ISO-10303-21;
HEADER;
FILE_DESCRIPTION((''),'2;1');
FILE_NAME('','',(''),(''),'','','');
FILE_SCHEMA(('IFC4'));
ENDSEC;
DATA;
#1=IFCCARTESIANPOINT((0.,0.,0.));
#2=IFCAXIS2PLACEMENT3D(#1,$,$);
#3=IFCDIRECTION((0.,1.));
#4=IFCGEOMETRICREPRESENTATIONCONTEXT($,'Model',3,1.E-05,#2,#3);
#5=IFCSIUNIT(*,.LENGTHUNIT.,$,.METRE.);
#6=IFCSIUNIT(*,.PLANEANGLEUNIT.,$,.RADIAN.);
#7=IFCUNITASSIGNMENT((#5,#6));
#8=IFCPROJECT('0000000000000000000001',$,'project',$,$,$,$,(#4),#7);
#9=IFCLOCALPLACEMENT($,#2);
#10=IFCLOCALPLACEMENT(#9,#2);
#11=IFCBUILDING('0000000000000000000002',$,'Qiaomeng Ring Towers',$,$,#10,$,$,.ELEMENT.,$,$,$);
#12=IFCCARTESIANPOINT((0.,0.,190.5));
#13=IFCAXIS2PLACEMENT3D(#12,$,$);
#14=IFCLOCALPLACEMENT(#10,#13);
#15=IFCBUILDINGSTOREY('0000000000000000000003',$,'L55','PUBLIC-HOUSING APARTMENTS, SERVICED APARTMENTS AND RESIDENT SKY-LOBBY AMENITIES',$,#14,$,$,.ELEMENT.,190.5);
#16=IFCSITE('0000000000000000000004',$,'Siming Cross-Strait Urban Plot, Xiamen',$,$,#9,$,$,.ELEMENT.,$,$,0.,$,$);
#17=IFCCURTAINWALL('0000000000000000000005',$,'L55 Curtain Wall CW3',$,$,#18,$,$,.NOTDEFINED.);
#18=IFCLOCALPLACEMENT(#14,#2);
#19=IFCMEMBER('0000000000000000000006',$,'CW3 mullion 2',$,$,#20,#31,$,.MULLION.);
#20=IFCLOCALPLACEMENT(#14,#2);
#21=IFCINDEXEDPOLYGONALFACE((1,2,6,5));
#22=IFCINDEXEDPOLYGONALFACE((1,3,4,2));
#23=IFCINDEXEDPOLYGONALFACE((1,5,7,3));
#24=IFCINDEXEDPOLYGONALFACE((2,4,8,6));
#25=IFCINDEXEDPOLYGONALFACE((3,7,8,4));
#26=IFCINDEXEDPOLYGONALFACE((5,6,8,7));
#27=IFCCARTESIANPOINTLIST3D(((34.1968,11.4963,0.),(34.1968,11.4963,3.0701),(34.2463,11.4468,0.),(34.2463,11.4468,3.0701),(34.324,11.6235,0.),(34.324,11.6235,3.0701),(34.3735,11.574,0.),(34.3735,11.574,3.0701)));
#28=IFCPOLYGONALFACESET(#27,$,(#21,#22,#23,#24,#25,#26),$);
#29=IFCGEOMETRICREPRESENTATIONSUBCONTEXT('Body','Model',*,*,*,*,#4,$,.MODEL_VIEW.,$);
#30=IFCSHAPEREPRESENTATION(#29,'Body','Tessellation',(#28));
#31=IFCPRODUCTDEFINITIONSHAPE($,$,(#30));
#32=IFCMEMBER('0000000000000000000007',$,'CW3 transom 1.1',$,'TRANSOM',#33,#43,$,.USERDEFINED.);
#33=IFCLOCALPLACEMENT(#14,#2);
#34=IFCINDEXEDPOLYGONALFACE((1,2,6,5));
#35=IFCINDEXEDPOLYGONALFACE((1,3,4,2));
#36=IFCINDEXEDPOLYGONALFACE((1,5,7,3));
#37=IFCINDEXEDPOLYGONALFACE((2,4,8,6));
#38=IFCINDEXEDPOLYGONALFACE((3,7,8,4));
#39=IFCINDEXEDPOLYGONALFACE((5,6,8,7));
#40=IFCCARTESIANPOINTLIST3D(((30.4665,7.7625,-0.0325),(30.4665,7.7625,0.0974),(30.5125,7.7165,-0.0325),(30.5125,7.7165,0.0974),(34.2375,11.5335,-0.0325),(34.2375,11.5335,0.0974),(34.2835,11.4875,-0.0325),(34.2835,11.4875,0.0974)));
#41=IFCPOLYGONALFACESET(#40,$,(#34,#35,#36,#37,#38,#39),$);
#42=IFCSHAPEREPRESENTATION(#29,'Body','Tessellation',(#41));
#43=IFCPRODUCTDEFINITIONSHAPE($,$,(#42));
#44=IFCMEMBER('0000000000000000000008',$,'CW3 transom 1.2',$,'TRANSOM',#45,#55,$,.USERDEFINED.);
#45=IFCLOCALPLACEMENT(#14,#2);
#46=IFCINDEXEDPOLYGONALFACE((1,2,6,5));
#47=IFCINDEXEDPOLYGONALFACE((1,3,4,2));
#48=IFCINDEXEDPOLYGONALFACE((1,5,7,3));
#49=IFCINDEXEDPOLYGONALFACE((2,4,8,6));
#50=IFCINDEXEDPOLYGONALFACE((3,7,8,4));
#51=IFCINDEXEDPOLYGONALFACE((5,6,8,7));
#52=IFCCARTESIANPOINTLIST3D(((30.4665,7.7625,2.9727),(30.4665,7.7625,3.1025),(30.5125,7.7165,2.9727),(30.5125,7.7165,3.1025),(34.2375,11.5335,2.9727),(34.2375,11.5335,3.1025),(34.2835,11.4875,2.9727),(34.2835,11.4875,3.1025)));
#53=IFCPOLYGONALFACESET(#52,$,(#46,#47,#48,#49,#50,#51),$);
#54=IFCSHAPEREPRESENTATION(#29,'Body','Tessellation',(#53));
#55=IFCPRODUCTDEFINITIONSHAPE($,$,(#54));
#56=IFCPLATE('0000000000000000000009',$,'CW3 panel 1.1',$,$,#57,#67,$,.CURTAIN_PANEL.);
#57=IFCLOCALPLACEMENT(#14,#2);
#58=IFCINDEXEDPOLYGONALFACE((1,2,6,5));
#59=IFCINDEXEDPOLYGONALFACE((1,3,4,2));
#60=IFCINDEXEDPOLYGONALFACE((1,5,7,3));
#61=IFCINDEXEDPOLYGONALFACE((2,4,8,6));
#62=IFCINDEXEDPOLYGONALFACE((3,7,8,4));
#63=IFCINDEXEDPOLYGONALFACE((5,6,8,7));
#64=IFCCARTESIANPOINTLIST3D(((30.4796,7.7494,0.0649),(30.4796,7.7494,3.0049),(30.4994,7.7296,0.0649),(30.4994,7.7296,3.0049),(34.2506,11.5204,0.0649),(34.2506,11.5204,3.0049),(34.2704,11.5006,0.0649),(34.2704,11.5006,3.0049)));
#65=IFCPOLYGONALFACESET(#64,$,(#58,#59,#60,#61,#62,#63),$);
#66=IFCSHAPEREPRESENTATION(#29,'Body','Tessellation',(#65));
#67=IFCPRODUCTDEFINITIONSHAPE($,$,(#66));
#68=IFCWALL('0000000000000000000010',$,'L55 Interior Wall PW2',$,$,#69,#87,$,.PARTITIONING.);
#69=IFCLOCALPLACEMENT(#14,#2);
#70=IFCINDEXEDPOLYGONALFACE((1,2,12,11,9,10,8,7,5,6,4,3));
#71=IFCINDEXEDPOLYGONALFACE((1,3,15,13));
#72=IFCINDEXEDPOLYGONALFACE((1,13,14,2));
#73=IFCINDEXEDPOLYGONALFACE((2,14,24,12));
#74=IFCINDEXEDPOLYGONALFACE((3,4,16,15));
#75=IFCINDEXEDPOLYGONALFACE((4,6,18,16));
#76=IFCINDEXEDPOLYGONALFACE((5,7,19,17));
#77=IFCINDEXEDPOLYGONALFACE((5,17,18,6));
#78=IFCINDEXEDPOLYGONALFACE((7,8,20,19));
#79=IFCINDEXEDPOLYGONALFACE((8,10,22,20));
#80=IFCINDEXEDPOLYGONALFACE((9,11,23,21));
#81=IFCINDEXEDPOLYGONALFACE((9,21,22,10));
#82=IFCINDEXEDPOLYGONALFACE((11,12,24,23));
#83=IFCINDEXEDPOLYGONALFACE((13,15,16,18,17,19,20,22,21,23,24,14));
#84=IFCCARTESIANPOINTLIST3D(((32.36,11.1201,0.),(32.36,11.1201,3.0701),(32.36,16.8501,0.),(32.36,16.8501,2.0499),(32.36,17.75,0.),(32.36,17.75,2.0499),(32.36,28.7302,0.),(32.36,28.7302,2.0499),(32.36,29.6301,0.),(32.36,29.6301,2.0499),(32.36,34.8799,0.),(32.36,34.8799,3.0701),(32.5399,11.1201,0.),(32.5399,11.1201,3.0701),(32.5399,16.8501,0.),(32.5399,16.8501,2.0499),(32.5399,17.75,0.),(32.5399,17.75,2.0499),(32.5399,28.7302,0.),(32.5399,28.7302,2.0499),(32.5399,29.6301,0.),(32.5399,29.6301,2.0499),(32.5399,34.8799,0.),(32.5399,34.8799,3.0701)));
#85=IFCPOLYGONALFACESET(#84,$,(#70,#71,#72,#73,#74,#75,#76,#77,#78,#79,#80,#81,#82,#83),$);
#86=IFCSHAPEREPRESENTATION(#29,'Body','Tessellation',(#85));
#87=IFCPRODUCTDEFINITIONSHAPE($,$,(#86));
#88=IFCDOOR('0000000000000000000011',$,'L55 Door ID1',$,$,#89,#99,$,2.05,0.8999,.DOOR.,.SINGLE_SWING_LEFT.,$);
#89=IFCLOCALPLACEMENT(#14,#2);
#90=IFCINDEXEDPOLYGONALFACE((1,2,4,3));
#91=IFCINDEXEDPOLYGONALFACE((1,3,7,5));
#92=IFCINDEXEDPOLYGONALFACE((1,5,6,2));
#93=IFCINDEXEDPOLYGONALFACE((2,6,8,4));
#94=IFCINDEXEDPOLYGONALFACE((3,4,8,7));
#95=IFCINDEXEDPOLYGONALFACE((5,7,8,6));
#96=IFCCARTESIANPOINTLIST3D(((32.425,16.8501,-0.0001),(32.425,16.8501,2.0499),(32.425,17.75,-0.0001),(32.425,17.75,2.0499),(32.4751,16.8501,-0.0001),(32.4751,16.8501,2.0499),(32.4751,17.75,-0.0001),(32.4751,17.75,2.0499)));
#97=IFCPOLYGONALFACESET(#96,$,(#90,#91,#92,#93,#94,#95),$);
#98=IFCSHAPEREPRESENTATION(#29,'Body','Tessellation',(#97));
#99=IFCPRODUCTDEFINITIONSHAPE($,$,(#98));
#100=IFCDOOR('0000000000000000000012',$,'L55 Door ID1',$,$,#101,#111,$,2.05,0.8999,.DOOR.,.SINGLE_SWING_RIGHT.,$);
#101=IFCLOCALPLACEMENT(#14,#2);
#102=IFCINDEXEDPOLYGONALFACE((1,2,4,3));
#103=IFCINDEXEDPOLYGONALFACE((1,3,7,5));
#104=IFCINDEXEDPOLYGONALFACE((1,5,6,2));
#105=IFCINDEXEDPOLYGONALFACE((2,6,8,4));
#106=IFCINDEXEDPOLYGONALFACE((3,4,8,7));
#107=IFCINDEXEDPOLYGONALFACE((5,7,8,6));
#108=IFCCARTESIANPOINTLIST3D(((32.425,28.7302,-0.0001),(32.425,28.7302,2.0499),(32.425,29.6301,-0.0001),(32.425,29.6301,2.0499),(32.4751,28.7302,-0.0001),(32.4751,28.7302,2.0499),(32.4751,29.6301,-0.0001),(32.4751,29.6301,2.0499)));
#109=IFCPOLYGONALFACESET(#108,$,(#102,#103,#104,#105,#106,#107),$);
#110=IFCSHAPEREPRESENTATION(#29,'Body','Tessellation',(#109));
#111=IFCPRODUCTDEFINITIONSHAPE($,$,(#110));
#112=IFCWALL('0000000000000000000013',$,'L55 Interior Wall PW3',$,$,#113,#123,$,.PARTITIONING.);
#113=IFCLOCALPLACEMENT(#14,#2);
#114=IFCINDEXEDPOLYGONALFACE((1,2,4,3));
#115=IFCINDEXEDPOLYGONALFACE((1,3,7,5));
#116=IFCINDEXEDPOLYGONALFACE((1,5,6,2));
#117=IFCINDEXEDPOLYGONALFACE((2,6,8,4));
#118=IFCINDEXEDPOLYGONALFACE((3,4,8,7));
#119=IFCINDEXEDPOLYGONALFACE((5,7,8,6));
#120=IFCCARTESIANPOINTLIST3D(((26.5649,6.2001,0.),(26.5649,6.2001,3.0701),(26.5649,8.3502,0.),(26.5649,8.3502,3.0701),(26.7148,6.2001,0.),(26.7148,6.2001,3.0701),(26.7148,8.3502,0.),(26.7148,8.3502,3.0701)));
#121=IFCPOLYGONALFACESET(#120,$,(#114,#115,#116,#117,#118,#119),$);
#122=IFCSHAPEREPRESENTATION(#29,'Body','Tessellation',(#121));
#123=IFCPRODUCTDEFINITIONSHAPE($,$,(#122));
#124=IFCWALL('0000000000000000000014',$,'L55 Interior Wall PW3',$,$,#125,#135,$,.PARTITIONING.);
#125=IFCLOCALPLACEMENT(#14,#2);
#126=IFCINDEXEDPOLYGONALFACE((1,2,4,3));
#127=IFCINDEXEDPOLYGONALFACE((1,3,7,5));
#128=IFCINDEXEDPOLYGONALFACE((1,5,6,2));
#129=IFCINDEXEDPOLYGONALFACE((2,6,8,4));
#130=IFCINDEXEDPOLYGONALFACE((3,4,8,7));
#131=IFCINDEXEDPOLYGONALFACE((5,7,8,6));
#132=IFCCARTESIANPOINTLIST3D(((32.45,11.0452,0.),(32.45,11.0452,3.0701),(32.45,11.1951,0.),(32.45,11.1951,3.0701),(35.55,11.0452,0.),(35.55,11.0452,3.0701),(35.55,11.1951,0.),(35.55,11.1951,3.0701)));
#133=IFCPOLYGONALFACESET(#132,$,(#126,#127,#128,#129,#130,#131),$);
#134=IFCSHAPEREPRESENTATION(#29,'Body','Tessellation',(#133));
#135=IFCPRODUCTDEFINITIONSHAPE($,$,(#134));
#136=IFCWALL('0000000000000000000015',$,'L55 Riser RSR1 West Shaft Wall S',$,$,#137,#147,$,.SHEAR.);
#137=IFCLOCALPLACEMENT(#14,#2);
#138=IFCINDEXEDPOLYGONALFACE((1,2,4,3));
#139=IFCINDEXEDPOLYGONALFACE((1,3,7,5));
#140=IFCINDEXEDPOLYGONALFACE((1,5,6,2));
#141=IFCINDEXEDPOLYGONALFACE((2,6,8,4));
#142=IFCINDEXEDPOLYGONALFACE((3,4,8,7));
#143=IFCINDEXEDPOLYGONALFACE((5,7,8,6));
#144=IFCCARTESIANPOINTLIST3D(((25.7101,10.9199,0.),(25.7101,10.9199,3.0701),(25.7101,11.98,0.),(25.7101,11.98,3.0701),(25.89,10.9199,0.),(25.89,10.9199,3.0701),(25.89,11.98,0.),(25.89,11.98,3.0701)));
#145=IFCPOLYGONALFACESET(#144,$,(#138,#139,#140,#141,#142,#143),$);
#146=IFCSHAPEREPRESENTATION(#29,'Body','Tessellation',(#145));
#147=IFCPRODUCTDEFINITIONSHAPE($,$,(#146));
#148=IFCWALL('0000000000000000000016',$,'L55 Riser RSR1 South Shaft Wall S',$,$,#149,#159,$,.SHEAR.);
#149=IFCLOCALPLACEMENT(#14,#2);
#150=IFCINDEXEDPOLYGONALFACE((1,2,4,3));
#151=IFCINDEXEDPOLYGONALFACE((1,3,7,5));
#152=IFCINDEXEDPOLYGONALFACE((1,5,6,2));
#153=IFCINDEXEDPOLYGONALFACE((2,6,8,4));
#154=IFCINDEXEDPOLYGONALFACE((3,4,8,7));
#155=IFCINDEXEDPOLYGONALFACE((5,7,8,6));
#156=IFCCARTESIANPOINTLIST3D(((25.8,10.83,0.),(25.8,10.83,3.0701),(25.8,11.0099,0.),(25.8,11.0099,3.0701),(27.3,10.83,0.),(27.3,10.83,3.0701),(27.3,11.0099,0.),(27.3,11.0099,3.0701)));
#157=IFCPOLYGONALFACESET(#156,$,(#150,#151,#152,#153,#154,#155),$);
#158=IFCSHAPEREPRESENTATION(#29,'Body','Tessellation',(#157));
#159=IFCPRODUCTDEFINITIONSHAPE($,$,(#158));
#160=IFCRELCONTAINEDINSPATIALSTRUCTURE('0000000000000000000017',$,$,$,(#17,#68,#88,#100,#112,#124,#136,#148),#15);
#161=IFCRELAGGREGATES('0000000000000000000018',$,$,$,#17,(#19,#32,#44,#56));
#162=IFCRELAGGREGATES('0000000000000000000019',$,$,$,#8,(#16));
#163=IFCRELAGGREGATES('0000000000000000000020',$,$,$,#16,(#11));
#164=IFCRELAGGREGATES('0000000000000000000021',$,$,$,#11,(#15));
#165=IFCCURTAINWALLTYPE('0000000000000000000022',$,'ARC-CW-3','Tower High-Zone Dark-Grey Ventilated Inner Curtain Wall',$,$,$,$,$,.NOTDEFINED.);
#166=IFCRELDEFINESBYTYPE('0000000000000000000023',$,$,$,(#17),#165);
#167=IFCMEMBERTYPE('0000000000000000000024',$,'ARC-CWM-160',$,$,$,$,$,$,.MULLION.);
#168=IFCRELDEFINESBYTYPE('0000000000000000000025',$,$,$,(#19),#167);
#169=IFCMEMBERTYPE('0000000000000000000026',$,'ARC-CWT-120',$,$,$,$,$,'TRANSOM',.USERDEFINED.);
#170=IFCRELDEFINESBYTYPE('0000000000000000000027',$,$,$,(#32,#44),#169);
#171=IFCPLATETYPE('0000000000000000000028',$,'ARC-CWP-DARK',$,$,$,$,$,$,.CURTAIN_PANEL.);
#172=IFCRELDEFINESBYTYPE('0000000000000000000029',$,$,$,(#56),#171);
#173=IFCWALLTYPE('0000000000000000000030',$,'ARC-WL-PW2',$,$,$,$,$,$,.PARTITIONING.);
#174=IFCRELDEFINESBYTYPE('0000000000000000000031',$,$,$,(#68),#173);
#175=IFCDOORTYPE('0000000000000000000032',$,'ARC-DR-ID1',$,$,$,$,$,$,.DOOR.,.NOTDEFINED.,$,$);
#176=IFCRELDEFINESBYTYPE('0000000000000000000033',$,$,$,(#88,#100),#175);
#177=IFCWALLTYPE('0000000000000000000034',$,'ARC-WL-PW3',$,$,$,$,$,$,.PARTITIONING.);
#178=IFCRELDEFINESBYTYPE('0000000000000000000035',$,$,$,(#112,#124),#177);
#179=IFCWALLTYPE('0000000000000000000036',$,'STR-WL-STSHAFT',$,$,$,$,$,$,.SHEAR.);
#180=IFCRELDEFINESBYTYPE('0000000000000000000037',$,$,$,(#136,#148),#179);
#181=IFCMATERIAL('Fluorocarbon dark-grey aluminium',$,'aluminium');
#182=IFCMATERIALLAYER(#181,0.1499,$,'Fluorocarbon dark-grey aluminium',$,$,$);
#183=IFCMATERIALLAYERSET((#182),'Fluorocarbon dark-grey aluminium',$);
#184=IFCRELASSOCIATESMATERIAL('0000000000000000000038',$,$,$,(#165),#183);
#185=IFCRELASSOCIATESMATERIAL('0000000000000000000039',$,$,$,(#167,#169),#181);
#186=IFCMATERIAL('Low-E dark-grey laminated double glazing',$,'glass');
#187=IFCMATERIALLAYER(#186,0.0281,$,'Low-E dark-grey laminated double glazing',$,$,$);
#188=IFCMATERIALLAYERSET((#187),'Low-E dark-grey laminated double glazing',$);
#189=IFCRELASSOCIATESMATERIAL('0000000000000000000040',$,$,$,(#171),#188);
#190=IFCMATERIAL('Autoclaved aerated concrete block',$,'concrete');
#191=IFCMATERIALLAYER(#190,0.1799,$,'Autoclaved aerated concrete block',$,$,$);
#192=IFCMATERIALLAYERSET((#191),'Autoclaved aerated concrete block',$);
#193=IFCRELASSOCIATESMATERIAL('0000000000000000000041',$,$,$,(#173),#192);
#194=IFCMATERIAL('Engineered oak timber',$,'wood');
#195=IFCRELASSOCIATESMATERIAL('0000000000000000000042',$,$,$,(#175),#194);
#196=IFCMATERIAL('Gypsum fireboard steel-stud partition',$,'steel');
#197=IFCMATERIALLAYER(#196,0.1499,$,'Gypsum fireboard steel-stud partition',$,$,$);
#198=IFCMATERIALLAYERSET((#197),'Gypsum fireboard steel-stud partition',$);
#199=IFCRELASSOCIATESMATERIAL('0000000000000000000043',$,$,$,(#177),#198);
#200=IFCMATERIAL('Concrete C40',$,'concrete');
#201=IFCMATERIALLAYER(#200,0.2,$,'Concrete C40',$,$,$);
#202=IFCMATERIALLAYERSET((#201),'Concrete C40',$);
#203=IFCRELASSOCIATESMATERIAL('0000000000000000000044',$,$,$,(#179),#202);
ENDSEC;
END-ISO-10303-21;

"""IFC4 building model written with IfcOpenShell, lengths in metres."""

from ifc_helpers import new_model, si_unit, direction, frame, frame_2d, origin, origin_2d, place, context, subcontext, project, spatial, rectangle, extrude, source, transform, mapped, material, layer, layer_set, material_profile, profile_set, type_object, element, fill, aggregate, save


model = new_model("IFC4")

# Units and contexts
model_context = context("Model", 3, precision=1e-05, world=origin(), true_north=direction((0.0, 1.0)))
body_context = subcontext(model_context, "Body", "Model", "MODEL_VIEW")
ifc_project = project(units=[si_unit("LENGTHUNIT", "METRE"), si_unit("PLANEANGLEUNIT", "RADIAN")], contexts=[model_context])

# Site, building, storey
site_placement = place(None, origin())
site = spatial("IfcSite", under=ifc_project, at=site_placement, Name="Siming Cross-Strait Urban Plot, Xiamen", CompositionType="ELEMENT", RefElevation=0.0)
building_placement = place(site_placement, origin())
building = spatial("IfcBuilding", under=site, at=building_placement, Name="Qiaomeng Ring Towers", CompositionType="ELEMENT")
storey_placement = place(building_placement, frame((0.0, 0.0, 190.5)))
storey = spatial("IfcBuildingStorey", under=building, at=storey_placement, Name="L55", Description="PUBLIC-HOUSING APARTMENTS, SERVICED APARTMENTS AND RESIDENT SKY-LOBBY AMENITIES", CompositionType="ELEMENT", Elevation=190.5)

# Shared definitions
ifc_material_1 = material(Name="Concrete C40", Category="concrete")

# Curtain wall, members, plate
ifc_material_2 = material(Name="Fluorocarbon dark-grey aluminium", Category="aluminium")
ifc_layer_1 = layer(ifc_material_2, 0.1499, Name="Fluorocarbon dark-grey aluminium")
ifc_layer_set_1 = layer_set([ifc_layer_1], Name="Fluorocarbon dark-grey aluminium")
curtain_wall_type = type_object("IfcCurtainWallType", Name="ARC-CW-3", Description="Tower High-Zone Dark-Grey Ventilated Inner Curtain Wall", PredefinedType="NOTDEFINED", material=ifc_layer_set_1)
curtain_wall_placement = place(storey_placement, origin())
curtain_wall = element("IfcCurtainWall", 1, at=curtain_wall_placement, inside=storey, type_object=curtain_wall_type, Name="L55 Curtain Wall CW3", PredefinedType="NOTDEFINED")
ifc_material_profile_1 = material_profile(ifc_material_2, rectangle(XDim=0.0701, YDim=0.1799, at=origin_2d()), Name="ALU MULL 70x180")
ifc_profile_set_1 = profile_set([ifc_material_profile_1], Name="Fluorocarbon dark-grey aluminium")
member_type_1 = type_object("IfcMemberType", Name="ARC-CWM-160", PredefinedType="MULLION", material=ifc_profile_set_1)
shared_shape_1 = source(origin(), body_context, "Body", "SweptSolid", [
    extrude(rectangle(XDim=0.0701, YDim=0.1799, at=origin_2d()), origin(), (0.0, 0.0, 1.0), 3.0701),
])
member_1_placement = place(storey_placement, frame((34.2852, 11.5352, 0.0), z_axis=(0.0, 0.0, 1.0), x_axis=(-0.707107, 0.707107, 0.0)))
member_1 = element("IfcMember", 2, at=member_1_placement, type_object=member_type_1, Name="CW3 mullion 2", PredefinedType="MULLION", context=body_context, shape_type="MappedRepresentation", body=[
    mapped(shared_shape_1, transform((0.0, 0.0, 0.0), x_axis=(1.0, 0.0, 0.0), y_axis=(0.0, 1.0, 0.0), z_axis=(0.0, 0.0, 1.0), scale=1.0)),
])
ifc_material_profile_2 = material_profile(ifc_material_2, rectangle(XDim=0.0649, YDim=0.1299, at=origin_2d()), Name="ALU TRAN 65x130")
ifc_profile_set_2 = profile_set([ifc_material_profile_2], Name="Fluorocarbon dark-grey aluminium")
member_type_2 = type_object("IfcMemberType", Name="ARC-CWT-120", ElementType="TRANSOM", PredefinedType="USERDEFINED", material=ifc_profile_set_2)
shared_shape_2 = source(origin(), body_context, "Body", "SweptSolid", [
    extrude(rectangle(XDim=0.0649, YDim=0.1299, at=origin_2d()), origin(), (0.0, 0.0, 1.0), 5.333),
])
member_2_placement = place(storey_placement, frame((30.4895, 7.7395, 0.0325), z_axis=(0.707107, 0.707107, 0.0), x_axis=(-0.707107, 0.707107, 0.0)))
member_2 = element("IfcMember", 3, at=member_2_placement, type_object=member_type_2, Name="CW3 transom 1.1", ObjectType="TRANSOM", PredefinedType="USERDEFINED", context=body_context, shape_type="MappedRepresentation", body=[
    mapped(shared_shape_2, transform((0.0, 0.0, 0.0), x_axis=(1.0, 0.0, 0.0), y_axis=(0.0, 1.0, 0.0), z_axis=(0.0, 0.0, 1.0), scale=1.0)),
])
member_3_placement = place(storey_placement, frame((30.4895, 7.7395, 3.0376), z_axis=(0.707107, 0.707107, 0.0), x_axis=(-0.707107, 0.707107, 0.0)))
member_3 = element("IfcMember", 4, at=member_3_placement, type_object=member_type_2, Name="CW3 transom 1.2", ObjectType="TRANSOM", PredefinedType="USERDEFINED", context=body_context, shape_type="MappedRepresentation", body=[
    mapped(shared_shape_2, transform((0.0, 0.0, 0.0), x_axis=(1.0, 0.0, 0.0), y_axis=(0.0, 1.0, 0.0), z_axis=(0.0, 0.0, 1.0), scale=1.0)),
])
ifc_material_3 = material(Name="Low-E dark-grey laminated double glazing", Category="glass")
ifc_layer_2 = layer(ifc_material_3, 0.0281, Name="Low-E dark-grey laminated double glazing")
ifc_layer_set_2 = layer_set([ifc_layer_2], Name="Low-E dark-grey laminated double glazing")
plate_type = type_object("IfcPlateType", Name="ARC-CWP-DARK", PredefinedType="CURTAIN_PANEL", material=ifc_layer_set_2)
shared_shape_3 = source(origin(), body_context, "Body", "SweptSolid", [
    extrude(rectangle(XDim=5.333, YDim=0.0281, at=origin_2d()), origin(), (0.0, 0.0, 1.0), 2.9399),
])
plate_placement = place(storey_placement, frame((32.375, 9.625, 0.0649), z_axis=(0.0, 0.0, 1.0), x_axis=(0.707107, 0.707107, 0.0)))
plate = element("IfcPlate", 5, at=plate_placement, type_object=plate_type, Name="CW3 panel 1.1", PredefinedType="CURTAIN_PANEL", context=body_context, shape_type="MappedRepresentation", body=[
    mapped(shared_shape_3, transform((0.0, 0.0, 0.0), x_axis=(1.0, 0.0, 0.0), y_axis=(0.0, 1.0, 0.0), z_axis=(0.0, 0.0, 1.0), scale=1.0)),
])
aggregate(curtain_wall, [member_1, member_2, member_3, plate])

# Wall, openings, doors
ifc_material_4 = material(Name="Autoclaved aerated concrete block", Category="concrete")
ifc_layer_3 = layer(ifc_material_4, 0.1799, Name="Autoclaved aerated concrete block")
ifc_layer_set_3 = layer_set([ifc_layer_3], Name="Autoclaved aerated concrete block")
wall_type_1 = type_object("IfcWallType", Name="ARC-WL-PW2", PredefinedType="PARTITIONING", material=ifc_layer_set_3)
wall_1_placement = place(storey_placement, frame((32.45, 11.1201, 0.0), z_axis=(0.0, 0.0, 1.0), x_axis=(0.0, 1.0, 0.0)))
wall_1 = element("IfcWall", 6, at=wall_1_placement, inside=storey, type_object=wall_type_1, Name="L55 Interior Wall PW2", PredefinedType="PARTITIONING", context=body_context, shape_type="SweptSolid", body=[
    extrude(rectangle(XDim=23.7598, YDim=0.1799, at=frame_2d((11.8799, 0.0))), origin(), (0.0, 0.0, 1.0), 3.0701),
])
opening_1_placement = place(wall_1_placement, frame((5.73, 0.0, 0.0)))
opening_1 = element("IfcOpeningElement", 7, at=opening_1_placement, cuts=wall_1, PredefinedType="OPENING", context=body_context, shape_type="SweptSolid", body=[
    extrude(rectangle(XDim=0.8999, YDim=2.05, at=frame_2d((0.45, 1.0249))), frame((0.0, 0.0999, 0.0), z_axis=(0.0, -1.0, 0.0), x_axis=(1.0, 0.0, 0.0)), (0.0, 0.0, 1.0), 0.2),
])
opening_2_placement = place(wall_1_placement, frame((17.6101, 0.0, 0.0)))
opening_2 = element("IfcOpeningElement", 8, at=opening_2_placement, cuts=wall_1, PredefinedType="OPENING", context=body_context, shape_type="SweptSolid", body=[
    extrude(rectangle(XDim=0.8999, YDim=2.05, at=frame_2d((0.45, 1.0249))), frame((0.0, 0.0999, 0.0), z_axis=(0.0, -1.0, 0.0), x_axis=(1.0, 0.0, 0.0)), (0.0, 0.0, 1.0), 0.2),
])
ifc_material_5 = material(Name="Engineered oak timber", Category="wood")
door_type_1 = type_object("IfcDoorType", Name="ARC-DR-ID1", OperationType="NOTDEFINED", PredefinedType="DOOR", material=ifc_material_5)
shared_shape_4 = source(origin(), body_context, "Body", "SweptSolid", [
    extrude(rectangle(XDim=0.8999, YDim=2.05, at=frame_2d((0.45, 1.0249))), frame((0.0, 0.0249, 0.0), z_axis=(0.0, -1.0, 0.0), x_axis=(1.0, 0.0, 0.0)), (0.0, 0.0, 1.0), 0.05),
])
door_1_placement = place(opening_1_placement, origin())
door_1 = element("IfcDoor", 9, at=door_1_placement, inside=storey, type_object=door_type_1, Name="L55 Door ID1", OperationType="SINGLE_SWING_LEFT", OverallHeight=2.05, OverallWidth=0.8999, PredefinedType="DOOR", context=body_context, shape_type="MappedRepresentation", body=[
    mapped(shared_shape_4, transform((0.0, 0.0, 0.0), x_axis=(1.0, 0.0, 0.0), y_axis=(0.0, 1.0, 0.0), z_axis=(0.0, 0.0, 1.0), scale=1.0)),
])
fill(opening_1, door_1)
door_2_placement = place(opening_2_placement, origin())
door_2 = element("IfcDoor", 10, at=door_2_placement, inside=storey, type_object=door_type_1, Name="L55 Door ID1", OperationType="SINGLE_SWING_RIGHT", OverallHeight=2.05, OverallWidth=0.8999, PredefinedType="DOOR", context=body_context, shape_type="MappedRepresentation", body=[
    mapped(shared_shape_4, transform((0.0, 0.0, 0.0), x_axis=(1.0, 0.0, 0.0), y_axis=(0.0, 1.0, 0.0), z_axis=(0.0, 0.0, 1.0), scale=1.0)),
])
fill(opening_2, door_2)

# Walls
ifc_material_6 = material(Name="Gypsum fireboard steel-stud partition", Category="steel")
ifc_layer_4 = layer(ifc_material_6, 0.1499, Name="Gypsum fireboard steel-stud partition")
ifc_layer_set_4 = layer_set([ifc_layer_4], Name="Gypsum fireboard steel-stud partition")
wall_type_2 = type_object("IfcWallType", Name="ARC-WL-PW3", PredefinedType="PARTITIONING", material=ifc_layer_set_4)
wall_2_placement = place(storey_placement, frame((26.6399, 6.2, 0.0), z_axis=(0.0, 0.0, 1.0), x_axis=(0.0, 1.0, 0.0)))
element("IfcWall", 11, at=wall_2_placement, inside=storey, type_object=wall_type_2, Name="L55 Interior Wall PW3", PredefinedType="PARTITIONING", context=body_context, shape_type="SweptSolid", body=[
    extrude(rectangle(XDim=2.1501, YDim=0.1499, at=frame_2d((1.0752, 0.0))), origin(), (0.0, 0.0, 1.0), 3.0701),
])
wall_3_placement = place(storey_placement, frame((32.45, 11.1201, 0.0), z_axis=(0.0, 0.0, 1.0), x_axis=(1.0, 0.0, 0.0)))
element("IfcWall", 12, at=wall_3_placement, inside=storey, type_object=wall_type_2, Name="L55 Interior Wall PW3", PredefinedType="PARTITIONING", context=body_context, shape_type="SweptSolid", body=[
    extrude(rectangle(XDim=3.1001, YDim=0.1499, at=frame_2d((1.55, 0.0))), origin(), (0.0, 0.0, 1.0), 3.0701),
])
ifc_layer_5 = layer(ifc_material_1, 0.2, Name="Concrete C40")
ifc_layer_set_5 = layer_set([ifc_layer_5], Name="Concrete C40")
wall_type_3 = type_object("IfcWallType", Name="STR-WL-STSHAFT", PredefinedType="SHEAR", material=ifc_layer_set_5)
wall_4_placement = place(storey_placement, frame((25.8, 10.9199, 0.0), z_axis=(0.0, 0.0, 1.0), x_axis=(0.0, 1.0, 0.0)))
element("IfcWall", 13, at=wall_4_placement, inside=storey, type_object=wall_type_3, Name="L55 Riser RSR1 West Shaft Wall S", PredefinedType="SHEAR", context=body_context, shape_type="SweptSolid", body=[
    extrude(rectangle(XDim=1.0601, YDim=0.1799, at=frame_2d((0.53, 0.0))), origin(), (0.0, 0.0, 1.0), 3.0701),
])
wall_5_placement = place(storey_placement, frame((25.8, 10.9199, 0.0), z_axis=(0.0, 0.0, 1.0), x_axis=(1.0, 0.0, 0.0)))
element("IfcWall", 14, at=wall_5_placement, inside=storey, type_object=wall_type_3, Name="L55 Riser RSR1 South Shaft Wall S", PredefinedType="SHEAR", context=body_context, shape_type="SweptSolid", body=[
    extrude(rectangle(XDim=1.5, YDim=0.1799, at=frame_2d((0.75, 0.0))), origin(), (0.0, 0.0, 1.0), 3.0701),
])

save(model, "model.ifc")
